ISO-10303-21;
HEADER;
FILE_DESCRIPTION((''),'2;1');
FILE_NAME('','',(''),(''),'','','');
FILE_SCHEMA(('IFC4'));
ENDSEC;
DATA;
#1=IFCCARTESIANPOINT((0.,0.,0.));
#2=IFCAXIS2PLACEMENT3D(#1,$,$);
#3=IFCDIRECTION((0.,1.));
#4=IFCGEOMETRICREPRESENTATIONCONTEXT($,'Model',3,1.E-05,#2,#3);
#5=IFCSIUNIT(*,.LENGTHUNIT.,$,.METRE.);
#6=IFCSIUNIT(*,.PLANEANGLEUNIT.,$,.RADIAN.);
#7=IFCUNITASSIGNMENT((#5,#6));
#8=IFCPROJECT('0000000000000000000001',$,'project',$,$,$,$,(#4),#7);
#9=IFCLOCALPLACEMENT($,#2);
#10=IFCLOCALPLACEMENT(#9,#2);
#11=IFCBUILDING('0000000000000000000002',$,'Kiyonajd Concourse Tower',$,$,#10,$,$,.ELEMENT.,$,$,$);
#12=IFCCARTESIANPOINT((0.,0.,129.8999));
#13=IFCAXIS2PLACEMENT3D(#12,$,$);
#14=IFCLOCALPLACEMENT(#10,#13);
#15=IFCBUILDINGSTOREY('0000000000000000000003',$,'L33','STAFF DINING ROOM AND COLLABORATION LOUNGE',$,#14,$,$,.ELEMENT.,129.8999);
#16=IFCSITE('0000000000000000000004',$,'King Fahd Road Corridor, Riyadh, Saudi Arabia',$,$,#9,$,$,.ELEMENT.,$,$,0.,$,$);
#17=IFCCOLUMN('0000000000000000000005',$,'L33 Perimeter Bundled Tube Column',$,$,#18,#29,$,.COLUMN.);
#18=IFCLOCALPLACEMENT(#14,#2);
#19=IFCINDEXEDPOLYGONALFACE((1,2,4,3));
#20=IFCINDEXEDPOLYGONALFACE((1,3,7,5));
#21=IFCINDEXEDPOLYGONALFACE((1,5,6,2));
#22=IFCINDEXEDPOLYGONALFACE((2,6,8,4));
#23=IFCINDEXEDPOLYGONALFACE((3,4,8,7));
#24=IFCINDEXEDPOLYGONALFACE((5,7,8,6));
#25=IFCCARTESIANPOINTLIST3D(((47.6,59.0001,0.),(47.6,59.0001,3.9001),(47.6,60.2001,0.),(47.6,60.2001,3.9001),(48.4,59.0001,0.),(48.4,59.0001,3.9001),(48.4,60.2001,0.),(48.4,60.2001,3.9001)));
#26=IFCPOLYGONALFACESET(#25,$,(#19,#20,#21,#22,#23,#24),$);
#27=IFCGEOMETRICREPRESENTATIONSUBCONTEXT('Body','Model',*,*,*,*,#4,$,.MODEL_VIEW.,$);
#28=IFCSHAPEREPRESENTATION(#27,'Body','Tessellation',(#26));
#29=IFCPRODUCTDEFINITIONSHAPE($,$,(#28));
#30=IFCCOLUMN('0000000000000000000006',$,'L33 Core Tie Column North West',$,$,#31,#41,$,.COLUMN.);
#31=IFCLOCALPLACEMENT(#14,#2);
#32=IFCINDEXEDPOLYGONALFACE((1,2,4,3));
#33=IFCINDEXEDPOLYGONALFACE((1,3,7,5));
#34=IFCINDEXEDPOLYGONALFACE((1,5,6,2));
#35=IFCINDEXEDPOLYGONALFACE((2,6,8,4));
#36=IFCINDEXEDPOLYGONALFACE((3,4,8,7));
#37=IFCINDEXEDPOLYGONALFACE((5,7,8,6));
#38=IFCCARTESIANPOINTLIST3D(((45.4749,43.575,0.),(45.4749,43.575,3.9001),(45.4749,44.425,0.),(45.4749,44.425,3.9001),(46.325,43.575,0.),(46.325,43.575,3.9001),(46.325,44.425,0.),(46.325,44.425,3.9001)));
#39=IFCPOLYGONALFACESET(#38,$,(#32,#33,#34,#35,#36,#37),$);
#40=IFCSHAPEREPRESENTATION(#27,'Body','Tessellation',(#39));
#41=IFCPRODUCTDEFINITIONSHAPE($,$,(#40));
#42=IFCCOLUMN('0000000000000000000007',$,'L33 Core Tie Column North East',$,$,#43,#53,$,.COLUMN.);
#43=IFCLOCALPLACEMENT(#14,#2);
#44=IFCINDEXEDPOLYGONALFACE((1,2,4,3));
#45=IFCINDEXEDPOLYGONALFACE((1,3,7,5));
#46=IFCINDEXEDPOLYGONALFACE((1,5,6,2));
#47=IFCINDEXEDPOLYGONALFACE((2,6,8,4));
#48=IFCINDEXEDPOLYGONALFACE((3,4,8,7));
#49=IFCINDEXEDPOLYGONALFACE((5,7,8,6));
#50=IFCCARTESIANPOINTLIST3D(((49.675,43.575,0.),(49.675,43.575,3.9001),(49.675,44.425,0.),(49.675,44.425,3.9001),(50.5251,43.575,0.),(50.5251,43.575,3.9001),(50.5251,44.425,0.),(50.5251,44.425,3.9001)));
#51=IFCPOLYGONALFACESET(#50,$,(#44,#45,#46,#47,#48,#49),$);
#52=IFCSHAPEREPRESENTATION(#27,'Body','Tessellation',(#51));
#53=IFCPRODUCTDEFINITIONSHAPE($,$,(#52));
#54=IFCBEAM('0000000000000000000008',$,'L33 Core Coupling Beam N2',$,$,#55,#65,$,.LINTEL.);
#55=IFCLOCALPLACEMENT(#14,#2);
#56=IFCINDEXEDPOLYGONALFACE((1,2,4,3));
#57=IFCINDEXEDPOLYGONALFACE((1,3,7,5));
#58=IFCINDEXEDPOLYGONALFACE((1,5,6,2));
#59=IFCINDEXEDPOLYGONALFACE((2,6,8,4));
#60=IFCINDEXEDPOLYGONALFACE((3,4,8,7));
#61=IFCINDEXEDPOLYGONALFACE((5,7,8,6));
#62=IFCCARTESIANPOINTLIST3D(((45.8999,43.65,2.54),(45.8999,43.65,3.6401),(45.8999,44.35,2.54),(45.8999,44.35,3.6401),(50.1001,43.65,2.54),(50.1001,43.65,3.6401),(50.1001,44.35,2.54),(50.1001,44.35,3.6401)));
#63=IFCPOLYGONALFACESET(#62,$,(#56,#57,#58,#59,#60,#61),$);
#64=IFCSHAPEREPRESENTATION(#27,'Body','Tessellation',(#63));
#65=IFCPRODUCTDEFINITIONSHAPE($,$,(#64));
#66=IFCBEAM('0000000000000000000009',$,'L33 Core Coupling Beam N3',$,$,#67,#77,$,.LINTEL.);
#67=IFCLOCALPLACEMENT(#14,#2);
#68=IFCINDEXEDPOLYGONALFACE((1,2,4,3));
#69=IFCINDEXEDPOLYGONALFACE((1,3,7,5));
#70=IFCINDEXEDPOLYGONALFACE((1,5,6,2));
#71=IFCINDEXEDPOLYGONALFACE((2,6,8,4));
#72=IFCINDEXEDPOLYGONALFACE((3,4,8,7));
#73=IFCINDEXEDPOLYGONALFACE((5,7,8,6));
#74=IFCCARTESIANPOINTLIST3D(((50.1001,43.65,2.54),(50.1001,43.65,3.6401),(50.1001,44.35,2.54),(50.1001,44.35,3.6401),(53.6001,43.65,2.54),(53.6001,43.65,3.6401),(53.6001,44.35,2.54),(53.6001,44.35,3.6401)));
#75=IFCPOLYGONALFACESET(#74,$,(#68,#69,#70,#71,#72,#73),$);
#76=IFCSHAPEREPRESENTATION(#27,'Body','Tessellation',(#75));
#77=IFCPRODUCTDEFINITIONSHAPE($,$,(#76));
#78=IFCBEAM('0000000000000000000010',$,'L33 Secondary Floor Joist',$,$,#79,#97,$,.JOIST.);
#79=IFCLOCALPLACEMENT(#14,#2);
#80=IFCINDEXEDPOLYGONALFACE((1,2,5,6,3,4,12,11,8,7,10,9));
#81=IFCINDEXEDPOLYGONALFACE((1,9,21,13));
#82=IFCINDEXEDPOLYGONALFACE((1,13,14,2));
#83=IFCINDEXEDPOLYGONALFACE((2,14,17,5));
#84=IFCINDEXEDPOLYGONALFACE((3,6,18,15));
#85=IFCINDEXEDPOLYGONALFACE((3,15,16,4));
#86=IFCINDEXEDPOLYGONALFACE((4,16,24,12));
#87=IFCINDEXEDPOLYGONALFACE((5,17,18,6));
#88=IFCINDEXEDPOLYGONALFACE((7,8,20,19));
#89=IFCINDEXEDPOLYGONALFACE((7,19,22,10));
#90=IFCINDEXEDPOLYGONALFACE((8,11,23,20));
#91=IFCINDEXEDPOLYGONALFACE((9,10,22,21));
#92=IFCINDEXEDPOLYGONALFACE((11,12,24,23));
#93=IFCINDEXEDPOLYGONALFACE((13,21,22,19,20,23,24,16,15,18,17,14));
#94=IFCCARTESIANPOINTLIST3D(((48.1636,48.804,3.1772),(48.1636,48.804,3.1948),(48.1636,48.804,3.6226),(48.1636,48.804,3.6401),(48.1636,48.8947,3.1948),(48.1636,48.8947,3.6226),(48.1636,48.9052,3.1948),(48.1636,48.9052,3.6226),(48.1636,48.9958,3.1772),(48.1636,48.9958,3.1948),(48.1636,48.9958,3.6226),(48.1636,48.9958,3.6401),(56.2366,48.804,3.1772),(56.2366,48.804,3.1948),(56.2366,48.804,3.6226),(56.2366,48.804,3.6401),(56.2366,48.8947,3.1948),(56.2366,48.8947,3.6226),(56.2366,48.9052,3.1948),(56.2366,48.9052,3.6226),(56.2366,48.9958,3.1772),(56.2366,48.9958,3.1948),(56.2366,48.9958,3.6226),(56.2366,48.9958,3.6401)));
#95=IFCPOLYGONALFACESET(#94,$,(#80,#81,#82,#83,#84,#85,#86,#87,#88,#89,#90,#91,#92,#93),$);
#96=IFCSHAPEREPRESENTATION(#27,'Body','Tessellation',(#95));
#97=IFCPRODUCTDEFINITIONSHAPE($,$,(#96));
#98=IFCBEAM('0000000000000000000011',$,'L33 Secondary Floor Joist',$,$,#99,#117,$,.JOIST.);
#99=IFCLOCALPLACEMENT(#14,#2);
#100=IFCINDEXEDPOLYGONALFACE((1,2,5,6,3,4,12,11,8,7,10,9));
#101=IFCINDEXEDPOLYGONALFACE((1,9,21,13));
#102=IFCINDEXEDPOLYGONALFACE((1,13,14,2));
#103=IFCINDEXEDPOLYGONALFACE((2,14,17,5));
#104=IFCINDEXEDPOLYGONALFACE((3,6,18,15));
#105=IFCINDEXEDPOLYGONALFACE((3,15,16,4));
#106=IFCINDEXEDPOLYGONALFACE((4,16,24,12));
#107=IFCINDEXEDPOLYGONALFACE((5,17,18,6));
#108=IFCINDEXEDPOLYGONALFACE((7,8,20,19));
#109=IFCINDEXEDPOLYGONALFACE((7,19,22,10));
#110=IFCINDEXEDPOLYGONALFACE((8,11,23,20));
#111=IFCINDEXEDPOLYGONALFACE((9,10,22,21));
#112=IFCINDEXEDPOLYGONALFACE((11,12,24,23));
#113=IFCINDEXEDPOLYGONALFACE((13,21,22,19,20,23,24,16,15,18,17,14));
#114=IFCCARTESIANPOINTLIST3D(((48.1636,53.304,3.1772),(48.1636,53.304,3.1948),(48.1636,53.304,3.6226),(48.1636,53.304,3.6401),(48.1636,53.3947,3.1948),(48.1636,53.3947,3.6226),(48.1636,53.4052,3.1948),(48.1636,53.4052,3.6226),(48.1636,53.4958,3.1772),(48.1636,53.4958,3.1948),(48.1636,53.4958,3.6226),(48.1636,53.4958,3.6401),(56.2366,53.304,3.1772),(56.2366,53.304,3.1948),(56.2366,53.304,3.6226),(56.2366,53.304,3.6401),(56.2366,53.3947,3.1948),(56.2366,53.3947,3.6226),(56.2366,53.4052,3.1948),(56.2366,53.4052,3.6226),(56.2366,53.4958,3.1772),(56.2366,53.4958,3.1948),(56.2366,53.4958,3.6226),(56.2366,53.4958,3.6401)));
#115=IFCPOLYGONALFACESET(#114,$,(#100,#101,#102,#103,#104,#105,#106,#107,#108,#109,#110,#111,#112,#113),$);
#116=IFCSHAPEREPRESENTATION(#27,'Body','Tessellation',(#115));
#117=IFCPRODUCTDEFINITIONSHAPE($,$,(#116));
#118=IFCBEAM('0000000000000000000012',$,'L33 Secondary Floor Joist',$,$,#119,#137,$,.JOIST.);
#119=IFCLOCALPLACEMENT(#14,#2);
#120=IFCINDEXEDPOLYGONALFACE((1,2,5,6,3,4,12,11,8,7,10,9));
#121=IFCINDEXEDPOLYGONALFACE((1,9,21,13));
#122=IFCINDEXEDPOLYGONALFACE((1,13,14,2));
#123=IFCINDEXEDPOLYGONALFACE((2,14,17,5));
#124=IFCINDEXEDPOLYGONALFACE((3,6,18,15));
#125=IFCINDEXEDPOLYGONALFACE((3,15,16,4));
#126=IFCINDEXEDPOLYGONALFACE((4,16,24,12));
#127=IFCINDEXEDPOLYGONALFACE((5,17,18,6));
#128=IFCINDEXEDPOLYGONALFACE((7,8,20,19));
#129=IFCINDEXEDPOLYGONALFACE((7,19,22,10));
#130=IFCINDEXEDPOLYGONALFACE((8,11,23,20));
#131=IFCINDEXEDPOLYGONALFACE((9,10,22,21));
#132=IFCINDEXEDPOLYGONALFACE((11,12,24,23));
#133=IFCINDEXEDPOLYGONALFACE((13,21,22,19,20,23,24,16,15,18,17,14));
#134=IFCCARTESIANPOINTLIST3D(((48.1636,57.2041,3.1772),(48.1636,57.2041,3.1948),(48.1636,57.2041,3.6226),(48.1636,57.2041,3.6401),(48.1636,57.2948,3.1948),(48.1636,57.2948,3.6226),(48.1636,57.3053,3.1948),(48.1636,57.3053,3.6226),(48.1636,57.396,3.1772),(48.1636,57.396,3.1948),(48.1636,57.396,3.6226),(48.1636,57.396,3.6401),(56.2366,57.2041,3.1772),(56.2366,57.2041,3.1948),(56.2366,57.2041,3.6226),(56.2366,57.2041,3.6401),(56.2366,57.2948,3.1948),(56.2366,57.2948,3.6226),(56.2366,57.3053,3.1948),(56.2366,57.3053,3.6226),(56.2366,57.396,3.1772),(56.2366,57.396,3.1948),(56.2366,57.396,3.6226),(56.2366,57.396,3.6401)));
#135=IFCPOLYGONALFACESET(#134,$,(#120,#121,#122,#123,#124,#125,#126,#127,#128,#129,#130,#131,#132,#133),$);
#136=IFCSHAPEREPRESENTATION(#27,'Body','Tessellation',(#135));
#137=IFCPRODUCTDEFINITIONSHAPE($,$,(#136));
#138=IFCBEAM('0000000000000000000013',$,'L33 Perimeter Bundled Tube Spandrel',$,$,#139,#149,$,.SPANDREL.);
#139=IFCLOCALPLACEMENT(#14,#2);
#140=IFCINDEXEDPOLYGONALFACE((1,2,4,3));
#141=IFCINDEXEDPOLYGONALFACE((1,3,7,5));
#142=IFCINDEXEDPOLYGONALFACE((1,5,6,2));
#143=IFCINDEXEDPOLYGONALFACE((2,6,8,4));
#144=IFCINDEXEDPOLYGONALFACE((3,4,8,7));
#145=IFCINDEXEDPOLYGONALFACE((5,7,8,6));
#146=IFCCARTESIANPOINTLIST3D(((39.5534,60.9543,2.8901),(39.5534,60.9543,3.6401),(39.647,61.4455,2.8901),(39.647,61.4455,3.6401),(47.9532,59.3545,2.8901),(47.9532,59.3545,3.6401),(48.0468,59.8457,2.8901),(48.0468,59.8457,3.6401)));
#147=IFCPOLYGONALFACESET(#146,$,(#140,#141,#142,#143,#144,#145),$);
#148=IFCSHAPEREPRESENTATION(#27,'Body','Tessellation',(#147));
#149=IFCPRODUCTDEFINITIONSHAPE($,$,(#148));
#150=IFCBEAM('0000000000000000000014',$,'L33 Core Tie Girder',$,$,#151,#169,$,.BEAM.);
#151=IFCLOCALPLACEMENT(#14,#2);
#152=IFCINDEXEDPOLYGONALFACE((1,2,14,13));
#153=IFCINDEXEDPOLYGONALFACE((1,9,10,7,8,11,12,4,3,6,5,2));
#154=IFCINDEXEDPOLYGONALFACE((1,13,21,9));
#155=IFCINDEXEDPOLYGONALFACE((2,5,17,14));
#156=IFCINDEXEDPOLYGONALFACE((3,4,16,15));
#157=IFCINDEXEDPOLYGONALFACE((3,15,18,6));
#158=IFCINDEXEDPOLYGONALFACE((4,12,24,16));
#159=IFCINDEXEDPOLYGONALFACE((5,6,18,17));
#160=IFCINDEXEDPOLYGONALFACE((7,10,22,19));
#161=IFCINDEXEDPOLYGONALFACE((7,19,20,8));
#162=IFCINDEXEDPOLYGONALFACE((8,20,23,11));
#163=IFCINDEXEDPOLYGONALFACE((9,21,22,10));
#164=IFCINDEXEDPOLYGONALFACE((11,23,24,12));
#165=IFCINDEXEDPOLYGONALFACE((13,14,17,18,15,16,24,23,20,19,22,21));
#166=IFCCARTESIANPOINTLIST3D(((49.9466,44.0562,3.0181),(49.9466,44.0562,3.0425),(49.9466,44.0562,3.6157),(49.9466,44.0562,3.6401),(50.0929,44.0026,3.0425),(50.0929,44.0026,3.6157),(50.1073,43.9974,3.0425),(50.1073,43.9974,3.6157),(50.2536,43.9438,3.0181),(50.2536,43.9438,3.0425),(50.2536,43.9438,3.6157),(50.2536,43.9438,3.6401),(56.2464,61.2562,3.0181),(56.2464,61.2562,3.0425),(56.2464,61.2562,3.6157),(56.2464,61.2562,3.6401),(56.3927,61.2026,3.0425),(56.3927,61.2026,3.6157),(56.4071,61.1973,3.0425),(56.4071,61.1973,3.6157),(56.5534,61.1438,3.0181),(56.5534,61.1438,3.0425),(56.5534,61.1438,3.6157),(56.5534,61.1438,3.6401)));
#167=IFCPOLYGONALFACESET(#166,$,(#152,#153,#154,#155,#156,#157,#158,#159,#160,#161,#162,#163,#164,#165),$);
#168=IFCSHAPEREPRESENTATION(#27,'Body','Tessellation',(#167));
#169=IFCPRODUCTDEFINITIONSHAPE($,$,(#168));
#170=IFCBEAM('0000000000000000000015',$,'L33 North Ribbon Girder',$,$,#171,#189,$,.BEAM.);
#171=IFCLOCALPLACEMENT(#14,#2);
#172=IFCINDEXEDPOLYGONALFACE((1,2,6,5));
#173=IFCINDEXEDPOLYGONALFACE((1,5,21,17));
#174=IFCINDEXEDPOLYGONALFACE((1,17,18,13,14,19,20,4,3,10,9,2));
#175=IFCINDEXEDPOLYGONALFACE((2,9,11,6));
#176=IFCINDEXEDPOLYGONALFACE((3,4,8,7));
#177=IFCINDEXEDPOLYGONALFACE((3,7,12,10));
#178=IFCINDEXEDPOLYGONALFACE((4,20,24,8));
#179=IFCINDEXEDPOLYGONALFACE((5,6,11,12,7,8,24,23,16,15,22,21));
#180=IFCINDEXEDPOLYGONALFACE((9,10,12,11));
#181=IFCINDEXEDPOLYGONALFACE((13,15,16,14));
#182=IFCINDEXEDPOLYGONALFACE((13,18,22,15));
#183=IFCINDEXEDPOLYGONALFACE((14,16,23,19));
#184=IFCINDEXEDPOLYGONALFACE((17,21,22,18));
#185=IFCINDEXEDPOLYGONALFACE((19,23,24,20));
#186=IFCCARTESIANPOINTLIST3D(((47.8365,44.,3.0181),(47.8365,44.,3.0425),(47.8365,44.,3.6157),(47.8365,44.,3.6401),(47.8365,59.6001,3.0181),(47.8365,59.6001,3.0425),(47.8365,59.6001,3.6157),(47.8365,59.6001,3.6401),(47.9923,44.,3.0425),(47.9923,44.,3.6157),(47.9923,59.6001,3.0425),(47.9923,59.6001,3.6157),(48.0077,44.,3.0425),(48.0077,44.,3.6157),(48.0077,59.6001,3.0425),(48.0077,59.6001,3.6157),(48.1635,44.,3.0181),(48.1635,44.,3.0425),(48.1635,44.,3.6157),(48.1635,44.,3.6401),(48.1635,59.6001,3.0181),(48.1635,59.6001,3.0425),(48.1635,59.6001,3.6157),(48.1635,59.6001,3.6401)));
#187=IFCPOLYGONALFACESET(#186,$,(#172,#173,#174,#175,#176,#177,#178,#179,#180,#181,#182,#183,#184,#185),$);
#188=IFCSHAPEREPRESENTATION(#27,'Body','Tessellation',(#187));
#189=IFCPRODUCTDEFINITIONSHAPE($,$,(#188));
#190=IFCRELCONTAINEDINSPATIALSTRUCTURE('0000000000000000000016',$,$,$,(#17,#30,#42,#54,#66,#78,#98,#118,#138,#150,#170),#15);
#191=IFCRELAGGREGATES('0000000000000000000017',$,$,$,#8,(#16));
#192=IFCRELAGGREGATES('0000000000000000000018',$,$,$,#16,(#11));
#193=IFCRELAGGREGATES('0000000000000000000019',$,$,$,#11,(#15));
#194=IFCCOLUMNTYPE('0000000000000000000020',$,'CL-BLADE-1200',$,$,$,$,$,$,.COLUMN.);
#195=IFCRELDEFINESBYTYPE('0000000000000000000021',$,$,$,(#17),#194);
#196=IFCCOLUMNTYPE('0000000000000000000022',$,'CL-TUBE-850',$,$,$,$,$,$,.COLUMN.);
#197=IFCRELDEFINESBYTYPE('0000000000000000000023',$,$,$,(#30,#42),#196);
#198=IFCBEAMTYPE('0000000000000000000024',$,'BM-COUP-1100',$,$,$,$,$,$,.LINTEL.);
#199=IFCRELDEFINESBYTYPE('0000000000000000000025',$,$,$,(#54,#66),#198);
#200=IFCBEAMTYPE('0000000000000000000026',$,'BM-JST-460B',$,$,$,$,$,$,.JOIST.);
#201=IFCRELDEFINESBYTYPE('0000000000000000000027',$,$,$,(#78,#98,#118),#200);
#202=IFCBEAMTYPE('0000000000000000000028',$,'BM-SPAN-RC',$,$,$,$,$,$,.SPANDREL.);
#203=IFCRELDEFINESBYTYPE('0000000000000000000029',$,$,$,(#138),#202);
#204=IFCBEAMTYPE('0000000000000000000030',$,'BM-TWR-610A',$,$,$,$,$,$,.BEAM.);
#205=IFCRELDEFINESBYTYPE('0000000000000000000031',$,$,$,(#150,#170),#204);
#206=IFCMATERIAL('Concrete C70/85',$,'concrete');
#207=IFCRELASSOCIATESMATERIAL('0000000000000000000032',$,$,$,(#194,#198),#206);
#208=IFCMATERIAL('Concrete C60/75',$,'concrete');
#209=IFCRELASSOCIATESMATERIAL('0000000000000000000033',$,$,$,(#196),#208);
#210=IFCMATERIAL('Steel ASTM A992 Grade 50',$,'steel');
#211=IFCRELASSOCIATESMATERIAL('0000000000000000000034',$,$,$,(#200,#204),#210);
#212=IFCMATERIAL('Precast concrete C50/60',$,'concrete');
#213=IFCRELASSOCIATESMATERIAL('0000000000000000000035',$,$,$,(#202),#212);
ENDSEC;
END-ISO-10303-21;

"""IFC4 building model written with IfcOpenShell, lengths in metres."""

from ifc_helpers import new_model, si_unit, direction, frame, origin, origin_2d, place, context, subcontext, project, spatial, rectangle, i_section, extrude, material, material_profile, profile_set, type_object, element, save


model = new_model("IFC4")

# Units and contexts
model_context = context("Model", 3, precision=1e-05, world=origin(), true_north=direction((0.0, 1.0)))
body_context = subcontext(model_context, "Body", "Model", "MODEL_VIEW")
ifc_project = project(units=[si_unit("LENGTHUNIT", "METRE"), si_unit("PLANEANGLEUNIT", "RADIAN")], contexts=[model_context])

# Site, building, storey
site_placement = place(None, origin())
site = spatial("IfcSite", under=ifc_project, at=site_placement, Name="King Fahd Road Corridor, Riyadh, Saudi Arabia", CompositionType="ELEMENT", RefElevation=0.0)
building_placement = place(site_placement, origin())
building = spatial("IfcBuilding", under=site, at=building_placement, Name="Kiyonajd Concourse Tower", CompositionType="ELEMENT")
storey_placement = place(building_placement, frame((0.0, 0.0, 129.8999)))
storey = spatial("IfcBuildingStorey", under=building, at=storey_placement, Name="L33", Description="STAFF DINING ROOM AND COLLABORATION LOUNGE", CompositionType="ELEMENT", Elevation=129.8999)

# Columns
ifc_material_1 = material(Name="Concrete C70/85", Category="concrete")
ifc_material_profile_1 = material_profile(ifc_material_1, rectangle(XDim=0.8, YDim=1.2, at=origin_2d()), Name="RC-1200x800")
ifc_profile_set_1 = profile_set([ifc_material_profile_1], Name="Concrete C70/85")
column_type_1 = type_object("IfcColumnType", Name="CL-BLADE-1200", PredefinedType="COLUMN", material=ifc_profile_set_1)
column_placement = place(storey_placement, frame((48.0, 59.6001, 0.0), z_axis=(0.0, 0.0, 1.0), x_axis=(1.0, 0.0, 0.0)))
element("IfcColumn", 1, at=column_placement, inside=storey, type_object=column_type_1, Name="L33 Perimeter Bundled Tube Column", PredefinedType="COLUMN", context=body_context, shape_type="SweptSolid", body=[
    extrude(rectangle(XDim=0.8, YDim=1.2, at=origin_2d()), origin(), (0.0, 0.0, 1.0), 3.9001),
])
ifc_material_2 = material(Name="Concrete C60/75", Category="concrete")
ifc_material_profile_2 = material_profile(ifc_material_2, rectangle(XDim=0.8501, YDim=0.8501, at=origin_2d()), Name="RC-850x850")
ifc_profile_set_2 = profile_set([ifc_material_profile_2], Name="Concrete C60/75")
column_type_2 = type_object("IfcColumnType", Name="CL-TUBE-850", PredefinedType="COLUMN", material=ifc_profile_set_2)
for number, where, z_axis, x_axis, name in (
    (2, (45.8999, 44.0, 0.0), (0.0, 0.0, 1.0), (1.0, 0.0, 0.0), "L33 Core Tie Column North West"),
    (3, (50.1001, 44.0, 0.0), (0.0, 0.0, 1.0), (1.0, 0.0, 0.0), "L33 Core Tie Column North East"),
):
    element("IfcColumn", number, at=place(storey_placement, frame(where, z_axis=z_axis, x_axis=x_axis)), inside=storey, type_object=column_type_2, Name=name, PredefinedType="COLUMN", context=body_context, shape_type="SweptSolid", body=[
        extrude(rectangle(XDim=0.8501, YDim=0.8501, at=origin_2d()), origin(), (0.0, 0.0, 1.0), 3.9001),
    ])

# Beams
ifc_material_profile_3 = material_profile(ifc_material_1, rectangle(XDim=0.7, YDim=1.1001, at=origin_2d()), Name="RCBM-700x1100")
ifc_profile_set_3 = profile_set([ifc_material_profile_3], Name="Concrete C70/85")
beam_type_1 = type_object("IfcBeamType", Name="BM-COUP-1100", PredefinedType="LINTEL", material=ifc_profile_set_3)
beam_1_placement = place(storey_placement, frame((45.8999, 44.0, 3.0901), z_axis=(1.0, 0.0, 0.0), x_axis=(0.0, 1.0, 0.0)))
element("IfcBeam", 4, at=beam_1_placement, inside=storey, type_object=beam_type_1, Name="L33 Core Coupling Beam N2", PredefinedType="LINTEL", context=body_context, shape_type="SweptSolid", body=[
    extrude(rectangle(XDim=0.7, YDim=1.1001, at=origin_2d()), origin(), (0.0, 0.0, 1.0), 4.2002),
])
beam_2_placement = place(storey_placement, frame((50.1001, 44.0, 3.0901), z_axis=(1.0, 0.0, 0.0), x_axis=(0.0, 1.0, 0.0)))
element("IfcBeam", 5, at=beam_2_placement, inside=storey, type_object=beam_type_1, Name="L33 Core Coupling Beam N3", PredefinedType="LINTEL", context=body_context, shape_type="SweptSolid", body=[
    extrude(rectangle(XDim=0.7, YDim=1.1001, at=origin_2d()), origin(), (0.0, 0.0, 1.0), 3.5),
])
ifc_material_3 = material(Name="Steel ASTM A992 Grade 50", Category="steel")
ifc_material_profile_4 = material_profile(ifc_material_3, i_section(OverallWidth=0.1919, OverallDepth=0.4629, WebThickness=0.0105, FlangeThickness=0.0176, at=origin_2d()), Name="W460X89")
ifc_profile_set_4 = profile_set([ifc_material_profile_4], Name="Steel ASTM A992 Grade 50")
beam_type_2 = type_object("IfcBeamType", Name="BM-JST-460B", PredefinedType="JOIST", material=ifc_profile_set_4)
for number, where, z_axis, x_axis, name in (
    (6, (48.1636, 48.8999, 3.4087), (1.0, 0.0, 0.0), (0.0, 1.0, 0.0), "L33 Secondary Floor Joist"),
    (7, (48.1636, 53.3999, 3.4087), (1.0, 0.0, 0.0), (0.0, 1.0, 0.0), "L33 Secondary Floor Joist"),
    (8, (48.1636, 57.3, 3.4087), (1.0, 0.0, 0.0), (0.0, 1.0, 0.0), "L33 Secondary Floor Joist"),
):
    element("IfcBeam", number, at=place(storey_placement, frame(where, z_axis=z_axis, x_axis=x_axis)), inside=storey, type_object=beam_type_2, Name=name, PredefinedType="JOIST", context=body_context, shape_type="SweptSolid", body=[
        extrude(i_section(OverallWidth=0.1919, OverallDepth=0.4629, WebThickness=0.0105, FlangeThickness=0.0176, at=origin_2d()), origin(), (0.0, 0.0, 1.0), 8.073),
    ])
ifc_material_4 = material(Name="Precast concrete C50/60", Category="concrete")
ifc_material_profile_5 = material_profile(ifc_material_4, rectangle(XDim=0.5, YDim=0.75, at=origin_2d()), Name="RCBM-500x750")
ifc_profile_set_5 = profile_set([ifc_material_profile_5], Name="Precast concrete C50/60")
beam_type_3 = type_object("IfcBeamType", Name="BM-SPAN-RC", PredefinedType="SPANDREL", material=ifc_profile_set_5)
beam_3_placement = place(storey_placement, frame((48.0, 59.6001, 3.2651), z_axis=(-0.982341, 0.187098, 0.0), x_axis=(-0.187098, -0.982341, 0.0)))
element("IfcBeam", 9, at=beam_3_placement, inside=storey, type_object=beam_type_3, Name="L33 Perimeter Bundled Tube Spandrel", PredefinedType="SPANDREL", context=body_context, shape_type="SweptSolid", body=[
    extrude(rectangle(XDim=0.5, YDim=0.75, at=origin_2d()), origin(), (0.0, 0.0, 1.0), 8.5508),
])
ifc_material_profile_6 = material_profile(ifc_material_3, i_section(OverallWidth=0.3269, OverallDepth=0.6221, WebThickness=0.0154, FlangeThickness=0.0244, at=origin_2d()), Name="W610X195")
ifc_profile_set_6 = profile_set([ifc_material_profile_6], Name="Steel ASTM A992 Grade 50")
beam_type_4 = type_object("IfcBeamType", Name="BM-TWR-610A", PredefinedType="BEAM", material=ifc_profile_set_6)
beam_4_placement = place(storey_placement, frame((50.1001, 44.0, 3.3291), z_axis=(0.343925, 0.938997, 0.0), x_axis=(-0.938997, 0.343925, 0.0)))
element("IfcBeam", 10, at=beam_4_placement, inside=storey, type_object=beam_type_4, Name="L33 Core Tie Girder", PredefinedType="BEAM", context=body_context, shape_type="SweptSolid", body=[
    extrude(i_section(OverallWidth=0.3269, OverallDepth=0.6221, WebThickness=0.0154, FlangeThickness=0.0244, at=origin_2d()), origin(), (0.0, 0.0, 1.0), 18.3174),
])
beam_5_placement = place(storey_placement, frame((48.0, 44.0, 3.3291), z_axis=(0.0, 1.0, 0.0), x_axis=(-1.0, 0.0, 0.0)))
element("IfcBeam", 11, at=beam_5_placement, inside=storey, type_object=beam_type_4, Name="L33 North Ribbon Girder", PredefinedType="BEAM", context=body_context, shape_type="SweptSolid", body=[
    extrude(i_section(OverallWidth=0.3269, OverallDepth=0.6221, WebThickness=0.0154, FlangeThickness=0.0244, at=origin_2d()), origin(), (0.0, 0.0, 1.0), 15.6001),
])

save(model, "model.ifc")
